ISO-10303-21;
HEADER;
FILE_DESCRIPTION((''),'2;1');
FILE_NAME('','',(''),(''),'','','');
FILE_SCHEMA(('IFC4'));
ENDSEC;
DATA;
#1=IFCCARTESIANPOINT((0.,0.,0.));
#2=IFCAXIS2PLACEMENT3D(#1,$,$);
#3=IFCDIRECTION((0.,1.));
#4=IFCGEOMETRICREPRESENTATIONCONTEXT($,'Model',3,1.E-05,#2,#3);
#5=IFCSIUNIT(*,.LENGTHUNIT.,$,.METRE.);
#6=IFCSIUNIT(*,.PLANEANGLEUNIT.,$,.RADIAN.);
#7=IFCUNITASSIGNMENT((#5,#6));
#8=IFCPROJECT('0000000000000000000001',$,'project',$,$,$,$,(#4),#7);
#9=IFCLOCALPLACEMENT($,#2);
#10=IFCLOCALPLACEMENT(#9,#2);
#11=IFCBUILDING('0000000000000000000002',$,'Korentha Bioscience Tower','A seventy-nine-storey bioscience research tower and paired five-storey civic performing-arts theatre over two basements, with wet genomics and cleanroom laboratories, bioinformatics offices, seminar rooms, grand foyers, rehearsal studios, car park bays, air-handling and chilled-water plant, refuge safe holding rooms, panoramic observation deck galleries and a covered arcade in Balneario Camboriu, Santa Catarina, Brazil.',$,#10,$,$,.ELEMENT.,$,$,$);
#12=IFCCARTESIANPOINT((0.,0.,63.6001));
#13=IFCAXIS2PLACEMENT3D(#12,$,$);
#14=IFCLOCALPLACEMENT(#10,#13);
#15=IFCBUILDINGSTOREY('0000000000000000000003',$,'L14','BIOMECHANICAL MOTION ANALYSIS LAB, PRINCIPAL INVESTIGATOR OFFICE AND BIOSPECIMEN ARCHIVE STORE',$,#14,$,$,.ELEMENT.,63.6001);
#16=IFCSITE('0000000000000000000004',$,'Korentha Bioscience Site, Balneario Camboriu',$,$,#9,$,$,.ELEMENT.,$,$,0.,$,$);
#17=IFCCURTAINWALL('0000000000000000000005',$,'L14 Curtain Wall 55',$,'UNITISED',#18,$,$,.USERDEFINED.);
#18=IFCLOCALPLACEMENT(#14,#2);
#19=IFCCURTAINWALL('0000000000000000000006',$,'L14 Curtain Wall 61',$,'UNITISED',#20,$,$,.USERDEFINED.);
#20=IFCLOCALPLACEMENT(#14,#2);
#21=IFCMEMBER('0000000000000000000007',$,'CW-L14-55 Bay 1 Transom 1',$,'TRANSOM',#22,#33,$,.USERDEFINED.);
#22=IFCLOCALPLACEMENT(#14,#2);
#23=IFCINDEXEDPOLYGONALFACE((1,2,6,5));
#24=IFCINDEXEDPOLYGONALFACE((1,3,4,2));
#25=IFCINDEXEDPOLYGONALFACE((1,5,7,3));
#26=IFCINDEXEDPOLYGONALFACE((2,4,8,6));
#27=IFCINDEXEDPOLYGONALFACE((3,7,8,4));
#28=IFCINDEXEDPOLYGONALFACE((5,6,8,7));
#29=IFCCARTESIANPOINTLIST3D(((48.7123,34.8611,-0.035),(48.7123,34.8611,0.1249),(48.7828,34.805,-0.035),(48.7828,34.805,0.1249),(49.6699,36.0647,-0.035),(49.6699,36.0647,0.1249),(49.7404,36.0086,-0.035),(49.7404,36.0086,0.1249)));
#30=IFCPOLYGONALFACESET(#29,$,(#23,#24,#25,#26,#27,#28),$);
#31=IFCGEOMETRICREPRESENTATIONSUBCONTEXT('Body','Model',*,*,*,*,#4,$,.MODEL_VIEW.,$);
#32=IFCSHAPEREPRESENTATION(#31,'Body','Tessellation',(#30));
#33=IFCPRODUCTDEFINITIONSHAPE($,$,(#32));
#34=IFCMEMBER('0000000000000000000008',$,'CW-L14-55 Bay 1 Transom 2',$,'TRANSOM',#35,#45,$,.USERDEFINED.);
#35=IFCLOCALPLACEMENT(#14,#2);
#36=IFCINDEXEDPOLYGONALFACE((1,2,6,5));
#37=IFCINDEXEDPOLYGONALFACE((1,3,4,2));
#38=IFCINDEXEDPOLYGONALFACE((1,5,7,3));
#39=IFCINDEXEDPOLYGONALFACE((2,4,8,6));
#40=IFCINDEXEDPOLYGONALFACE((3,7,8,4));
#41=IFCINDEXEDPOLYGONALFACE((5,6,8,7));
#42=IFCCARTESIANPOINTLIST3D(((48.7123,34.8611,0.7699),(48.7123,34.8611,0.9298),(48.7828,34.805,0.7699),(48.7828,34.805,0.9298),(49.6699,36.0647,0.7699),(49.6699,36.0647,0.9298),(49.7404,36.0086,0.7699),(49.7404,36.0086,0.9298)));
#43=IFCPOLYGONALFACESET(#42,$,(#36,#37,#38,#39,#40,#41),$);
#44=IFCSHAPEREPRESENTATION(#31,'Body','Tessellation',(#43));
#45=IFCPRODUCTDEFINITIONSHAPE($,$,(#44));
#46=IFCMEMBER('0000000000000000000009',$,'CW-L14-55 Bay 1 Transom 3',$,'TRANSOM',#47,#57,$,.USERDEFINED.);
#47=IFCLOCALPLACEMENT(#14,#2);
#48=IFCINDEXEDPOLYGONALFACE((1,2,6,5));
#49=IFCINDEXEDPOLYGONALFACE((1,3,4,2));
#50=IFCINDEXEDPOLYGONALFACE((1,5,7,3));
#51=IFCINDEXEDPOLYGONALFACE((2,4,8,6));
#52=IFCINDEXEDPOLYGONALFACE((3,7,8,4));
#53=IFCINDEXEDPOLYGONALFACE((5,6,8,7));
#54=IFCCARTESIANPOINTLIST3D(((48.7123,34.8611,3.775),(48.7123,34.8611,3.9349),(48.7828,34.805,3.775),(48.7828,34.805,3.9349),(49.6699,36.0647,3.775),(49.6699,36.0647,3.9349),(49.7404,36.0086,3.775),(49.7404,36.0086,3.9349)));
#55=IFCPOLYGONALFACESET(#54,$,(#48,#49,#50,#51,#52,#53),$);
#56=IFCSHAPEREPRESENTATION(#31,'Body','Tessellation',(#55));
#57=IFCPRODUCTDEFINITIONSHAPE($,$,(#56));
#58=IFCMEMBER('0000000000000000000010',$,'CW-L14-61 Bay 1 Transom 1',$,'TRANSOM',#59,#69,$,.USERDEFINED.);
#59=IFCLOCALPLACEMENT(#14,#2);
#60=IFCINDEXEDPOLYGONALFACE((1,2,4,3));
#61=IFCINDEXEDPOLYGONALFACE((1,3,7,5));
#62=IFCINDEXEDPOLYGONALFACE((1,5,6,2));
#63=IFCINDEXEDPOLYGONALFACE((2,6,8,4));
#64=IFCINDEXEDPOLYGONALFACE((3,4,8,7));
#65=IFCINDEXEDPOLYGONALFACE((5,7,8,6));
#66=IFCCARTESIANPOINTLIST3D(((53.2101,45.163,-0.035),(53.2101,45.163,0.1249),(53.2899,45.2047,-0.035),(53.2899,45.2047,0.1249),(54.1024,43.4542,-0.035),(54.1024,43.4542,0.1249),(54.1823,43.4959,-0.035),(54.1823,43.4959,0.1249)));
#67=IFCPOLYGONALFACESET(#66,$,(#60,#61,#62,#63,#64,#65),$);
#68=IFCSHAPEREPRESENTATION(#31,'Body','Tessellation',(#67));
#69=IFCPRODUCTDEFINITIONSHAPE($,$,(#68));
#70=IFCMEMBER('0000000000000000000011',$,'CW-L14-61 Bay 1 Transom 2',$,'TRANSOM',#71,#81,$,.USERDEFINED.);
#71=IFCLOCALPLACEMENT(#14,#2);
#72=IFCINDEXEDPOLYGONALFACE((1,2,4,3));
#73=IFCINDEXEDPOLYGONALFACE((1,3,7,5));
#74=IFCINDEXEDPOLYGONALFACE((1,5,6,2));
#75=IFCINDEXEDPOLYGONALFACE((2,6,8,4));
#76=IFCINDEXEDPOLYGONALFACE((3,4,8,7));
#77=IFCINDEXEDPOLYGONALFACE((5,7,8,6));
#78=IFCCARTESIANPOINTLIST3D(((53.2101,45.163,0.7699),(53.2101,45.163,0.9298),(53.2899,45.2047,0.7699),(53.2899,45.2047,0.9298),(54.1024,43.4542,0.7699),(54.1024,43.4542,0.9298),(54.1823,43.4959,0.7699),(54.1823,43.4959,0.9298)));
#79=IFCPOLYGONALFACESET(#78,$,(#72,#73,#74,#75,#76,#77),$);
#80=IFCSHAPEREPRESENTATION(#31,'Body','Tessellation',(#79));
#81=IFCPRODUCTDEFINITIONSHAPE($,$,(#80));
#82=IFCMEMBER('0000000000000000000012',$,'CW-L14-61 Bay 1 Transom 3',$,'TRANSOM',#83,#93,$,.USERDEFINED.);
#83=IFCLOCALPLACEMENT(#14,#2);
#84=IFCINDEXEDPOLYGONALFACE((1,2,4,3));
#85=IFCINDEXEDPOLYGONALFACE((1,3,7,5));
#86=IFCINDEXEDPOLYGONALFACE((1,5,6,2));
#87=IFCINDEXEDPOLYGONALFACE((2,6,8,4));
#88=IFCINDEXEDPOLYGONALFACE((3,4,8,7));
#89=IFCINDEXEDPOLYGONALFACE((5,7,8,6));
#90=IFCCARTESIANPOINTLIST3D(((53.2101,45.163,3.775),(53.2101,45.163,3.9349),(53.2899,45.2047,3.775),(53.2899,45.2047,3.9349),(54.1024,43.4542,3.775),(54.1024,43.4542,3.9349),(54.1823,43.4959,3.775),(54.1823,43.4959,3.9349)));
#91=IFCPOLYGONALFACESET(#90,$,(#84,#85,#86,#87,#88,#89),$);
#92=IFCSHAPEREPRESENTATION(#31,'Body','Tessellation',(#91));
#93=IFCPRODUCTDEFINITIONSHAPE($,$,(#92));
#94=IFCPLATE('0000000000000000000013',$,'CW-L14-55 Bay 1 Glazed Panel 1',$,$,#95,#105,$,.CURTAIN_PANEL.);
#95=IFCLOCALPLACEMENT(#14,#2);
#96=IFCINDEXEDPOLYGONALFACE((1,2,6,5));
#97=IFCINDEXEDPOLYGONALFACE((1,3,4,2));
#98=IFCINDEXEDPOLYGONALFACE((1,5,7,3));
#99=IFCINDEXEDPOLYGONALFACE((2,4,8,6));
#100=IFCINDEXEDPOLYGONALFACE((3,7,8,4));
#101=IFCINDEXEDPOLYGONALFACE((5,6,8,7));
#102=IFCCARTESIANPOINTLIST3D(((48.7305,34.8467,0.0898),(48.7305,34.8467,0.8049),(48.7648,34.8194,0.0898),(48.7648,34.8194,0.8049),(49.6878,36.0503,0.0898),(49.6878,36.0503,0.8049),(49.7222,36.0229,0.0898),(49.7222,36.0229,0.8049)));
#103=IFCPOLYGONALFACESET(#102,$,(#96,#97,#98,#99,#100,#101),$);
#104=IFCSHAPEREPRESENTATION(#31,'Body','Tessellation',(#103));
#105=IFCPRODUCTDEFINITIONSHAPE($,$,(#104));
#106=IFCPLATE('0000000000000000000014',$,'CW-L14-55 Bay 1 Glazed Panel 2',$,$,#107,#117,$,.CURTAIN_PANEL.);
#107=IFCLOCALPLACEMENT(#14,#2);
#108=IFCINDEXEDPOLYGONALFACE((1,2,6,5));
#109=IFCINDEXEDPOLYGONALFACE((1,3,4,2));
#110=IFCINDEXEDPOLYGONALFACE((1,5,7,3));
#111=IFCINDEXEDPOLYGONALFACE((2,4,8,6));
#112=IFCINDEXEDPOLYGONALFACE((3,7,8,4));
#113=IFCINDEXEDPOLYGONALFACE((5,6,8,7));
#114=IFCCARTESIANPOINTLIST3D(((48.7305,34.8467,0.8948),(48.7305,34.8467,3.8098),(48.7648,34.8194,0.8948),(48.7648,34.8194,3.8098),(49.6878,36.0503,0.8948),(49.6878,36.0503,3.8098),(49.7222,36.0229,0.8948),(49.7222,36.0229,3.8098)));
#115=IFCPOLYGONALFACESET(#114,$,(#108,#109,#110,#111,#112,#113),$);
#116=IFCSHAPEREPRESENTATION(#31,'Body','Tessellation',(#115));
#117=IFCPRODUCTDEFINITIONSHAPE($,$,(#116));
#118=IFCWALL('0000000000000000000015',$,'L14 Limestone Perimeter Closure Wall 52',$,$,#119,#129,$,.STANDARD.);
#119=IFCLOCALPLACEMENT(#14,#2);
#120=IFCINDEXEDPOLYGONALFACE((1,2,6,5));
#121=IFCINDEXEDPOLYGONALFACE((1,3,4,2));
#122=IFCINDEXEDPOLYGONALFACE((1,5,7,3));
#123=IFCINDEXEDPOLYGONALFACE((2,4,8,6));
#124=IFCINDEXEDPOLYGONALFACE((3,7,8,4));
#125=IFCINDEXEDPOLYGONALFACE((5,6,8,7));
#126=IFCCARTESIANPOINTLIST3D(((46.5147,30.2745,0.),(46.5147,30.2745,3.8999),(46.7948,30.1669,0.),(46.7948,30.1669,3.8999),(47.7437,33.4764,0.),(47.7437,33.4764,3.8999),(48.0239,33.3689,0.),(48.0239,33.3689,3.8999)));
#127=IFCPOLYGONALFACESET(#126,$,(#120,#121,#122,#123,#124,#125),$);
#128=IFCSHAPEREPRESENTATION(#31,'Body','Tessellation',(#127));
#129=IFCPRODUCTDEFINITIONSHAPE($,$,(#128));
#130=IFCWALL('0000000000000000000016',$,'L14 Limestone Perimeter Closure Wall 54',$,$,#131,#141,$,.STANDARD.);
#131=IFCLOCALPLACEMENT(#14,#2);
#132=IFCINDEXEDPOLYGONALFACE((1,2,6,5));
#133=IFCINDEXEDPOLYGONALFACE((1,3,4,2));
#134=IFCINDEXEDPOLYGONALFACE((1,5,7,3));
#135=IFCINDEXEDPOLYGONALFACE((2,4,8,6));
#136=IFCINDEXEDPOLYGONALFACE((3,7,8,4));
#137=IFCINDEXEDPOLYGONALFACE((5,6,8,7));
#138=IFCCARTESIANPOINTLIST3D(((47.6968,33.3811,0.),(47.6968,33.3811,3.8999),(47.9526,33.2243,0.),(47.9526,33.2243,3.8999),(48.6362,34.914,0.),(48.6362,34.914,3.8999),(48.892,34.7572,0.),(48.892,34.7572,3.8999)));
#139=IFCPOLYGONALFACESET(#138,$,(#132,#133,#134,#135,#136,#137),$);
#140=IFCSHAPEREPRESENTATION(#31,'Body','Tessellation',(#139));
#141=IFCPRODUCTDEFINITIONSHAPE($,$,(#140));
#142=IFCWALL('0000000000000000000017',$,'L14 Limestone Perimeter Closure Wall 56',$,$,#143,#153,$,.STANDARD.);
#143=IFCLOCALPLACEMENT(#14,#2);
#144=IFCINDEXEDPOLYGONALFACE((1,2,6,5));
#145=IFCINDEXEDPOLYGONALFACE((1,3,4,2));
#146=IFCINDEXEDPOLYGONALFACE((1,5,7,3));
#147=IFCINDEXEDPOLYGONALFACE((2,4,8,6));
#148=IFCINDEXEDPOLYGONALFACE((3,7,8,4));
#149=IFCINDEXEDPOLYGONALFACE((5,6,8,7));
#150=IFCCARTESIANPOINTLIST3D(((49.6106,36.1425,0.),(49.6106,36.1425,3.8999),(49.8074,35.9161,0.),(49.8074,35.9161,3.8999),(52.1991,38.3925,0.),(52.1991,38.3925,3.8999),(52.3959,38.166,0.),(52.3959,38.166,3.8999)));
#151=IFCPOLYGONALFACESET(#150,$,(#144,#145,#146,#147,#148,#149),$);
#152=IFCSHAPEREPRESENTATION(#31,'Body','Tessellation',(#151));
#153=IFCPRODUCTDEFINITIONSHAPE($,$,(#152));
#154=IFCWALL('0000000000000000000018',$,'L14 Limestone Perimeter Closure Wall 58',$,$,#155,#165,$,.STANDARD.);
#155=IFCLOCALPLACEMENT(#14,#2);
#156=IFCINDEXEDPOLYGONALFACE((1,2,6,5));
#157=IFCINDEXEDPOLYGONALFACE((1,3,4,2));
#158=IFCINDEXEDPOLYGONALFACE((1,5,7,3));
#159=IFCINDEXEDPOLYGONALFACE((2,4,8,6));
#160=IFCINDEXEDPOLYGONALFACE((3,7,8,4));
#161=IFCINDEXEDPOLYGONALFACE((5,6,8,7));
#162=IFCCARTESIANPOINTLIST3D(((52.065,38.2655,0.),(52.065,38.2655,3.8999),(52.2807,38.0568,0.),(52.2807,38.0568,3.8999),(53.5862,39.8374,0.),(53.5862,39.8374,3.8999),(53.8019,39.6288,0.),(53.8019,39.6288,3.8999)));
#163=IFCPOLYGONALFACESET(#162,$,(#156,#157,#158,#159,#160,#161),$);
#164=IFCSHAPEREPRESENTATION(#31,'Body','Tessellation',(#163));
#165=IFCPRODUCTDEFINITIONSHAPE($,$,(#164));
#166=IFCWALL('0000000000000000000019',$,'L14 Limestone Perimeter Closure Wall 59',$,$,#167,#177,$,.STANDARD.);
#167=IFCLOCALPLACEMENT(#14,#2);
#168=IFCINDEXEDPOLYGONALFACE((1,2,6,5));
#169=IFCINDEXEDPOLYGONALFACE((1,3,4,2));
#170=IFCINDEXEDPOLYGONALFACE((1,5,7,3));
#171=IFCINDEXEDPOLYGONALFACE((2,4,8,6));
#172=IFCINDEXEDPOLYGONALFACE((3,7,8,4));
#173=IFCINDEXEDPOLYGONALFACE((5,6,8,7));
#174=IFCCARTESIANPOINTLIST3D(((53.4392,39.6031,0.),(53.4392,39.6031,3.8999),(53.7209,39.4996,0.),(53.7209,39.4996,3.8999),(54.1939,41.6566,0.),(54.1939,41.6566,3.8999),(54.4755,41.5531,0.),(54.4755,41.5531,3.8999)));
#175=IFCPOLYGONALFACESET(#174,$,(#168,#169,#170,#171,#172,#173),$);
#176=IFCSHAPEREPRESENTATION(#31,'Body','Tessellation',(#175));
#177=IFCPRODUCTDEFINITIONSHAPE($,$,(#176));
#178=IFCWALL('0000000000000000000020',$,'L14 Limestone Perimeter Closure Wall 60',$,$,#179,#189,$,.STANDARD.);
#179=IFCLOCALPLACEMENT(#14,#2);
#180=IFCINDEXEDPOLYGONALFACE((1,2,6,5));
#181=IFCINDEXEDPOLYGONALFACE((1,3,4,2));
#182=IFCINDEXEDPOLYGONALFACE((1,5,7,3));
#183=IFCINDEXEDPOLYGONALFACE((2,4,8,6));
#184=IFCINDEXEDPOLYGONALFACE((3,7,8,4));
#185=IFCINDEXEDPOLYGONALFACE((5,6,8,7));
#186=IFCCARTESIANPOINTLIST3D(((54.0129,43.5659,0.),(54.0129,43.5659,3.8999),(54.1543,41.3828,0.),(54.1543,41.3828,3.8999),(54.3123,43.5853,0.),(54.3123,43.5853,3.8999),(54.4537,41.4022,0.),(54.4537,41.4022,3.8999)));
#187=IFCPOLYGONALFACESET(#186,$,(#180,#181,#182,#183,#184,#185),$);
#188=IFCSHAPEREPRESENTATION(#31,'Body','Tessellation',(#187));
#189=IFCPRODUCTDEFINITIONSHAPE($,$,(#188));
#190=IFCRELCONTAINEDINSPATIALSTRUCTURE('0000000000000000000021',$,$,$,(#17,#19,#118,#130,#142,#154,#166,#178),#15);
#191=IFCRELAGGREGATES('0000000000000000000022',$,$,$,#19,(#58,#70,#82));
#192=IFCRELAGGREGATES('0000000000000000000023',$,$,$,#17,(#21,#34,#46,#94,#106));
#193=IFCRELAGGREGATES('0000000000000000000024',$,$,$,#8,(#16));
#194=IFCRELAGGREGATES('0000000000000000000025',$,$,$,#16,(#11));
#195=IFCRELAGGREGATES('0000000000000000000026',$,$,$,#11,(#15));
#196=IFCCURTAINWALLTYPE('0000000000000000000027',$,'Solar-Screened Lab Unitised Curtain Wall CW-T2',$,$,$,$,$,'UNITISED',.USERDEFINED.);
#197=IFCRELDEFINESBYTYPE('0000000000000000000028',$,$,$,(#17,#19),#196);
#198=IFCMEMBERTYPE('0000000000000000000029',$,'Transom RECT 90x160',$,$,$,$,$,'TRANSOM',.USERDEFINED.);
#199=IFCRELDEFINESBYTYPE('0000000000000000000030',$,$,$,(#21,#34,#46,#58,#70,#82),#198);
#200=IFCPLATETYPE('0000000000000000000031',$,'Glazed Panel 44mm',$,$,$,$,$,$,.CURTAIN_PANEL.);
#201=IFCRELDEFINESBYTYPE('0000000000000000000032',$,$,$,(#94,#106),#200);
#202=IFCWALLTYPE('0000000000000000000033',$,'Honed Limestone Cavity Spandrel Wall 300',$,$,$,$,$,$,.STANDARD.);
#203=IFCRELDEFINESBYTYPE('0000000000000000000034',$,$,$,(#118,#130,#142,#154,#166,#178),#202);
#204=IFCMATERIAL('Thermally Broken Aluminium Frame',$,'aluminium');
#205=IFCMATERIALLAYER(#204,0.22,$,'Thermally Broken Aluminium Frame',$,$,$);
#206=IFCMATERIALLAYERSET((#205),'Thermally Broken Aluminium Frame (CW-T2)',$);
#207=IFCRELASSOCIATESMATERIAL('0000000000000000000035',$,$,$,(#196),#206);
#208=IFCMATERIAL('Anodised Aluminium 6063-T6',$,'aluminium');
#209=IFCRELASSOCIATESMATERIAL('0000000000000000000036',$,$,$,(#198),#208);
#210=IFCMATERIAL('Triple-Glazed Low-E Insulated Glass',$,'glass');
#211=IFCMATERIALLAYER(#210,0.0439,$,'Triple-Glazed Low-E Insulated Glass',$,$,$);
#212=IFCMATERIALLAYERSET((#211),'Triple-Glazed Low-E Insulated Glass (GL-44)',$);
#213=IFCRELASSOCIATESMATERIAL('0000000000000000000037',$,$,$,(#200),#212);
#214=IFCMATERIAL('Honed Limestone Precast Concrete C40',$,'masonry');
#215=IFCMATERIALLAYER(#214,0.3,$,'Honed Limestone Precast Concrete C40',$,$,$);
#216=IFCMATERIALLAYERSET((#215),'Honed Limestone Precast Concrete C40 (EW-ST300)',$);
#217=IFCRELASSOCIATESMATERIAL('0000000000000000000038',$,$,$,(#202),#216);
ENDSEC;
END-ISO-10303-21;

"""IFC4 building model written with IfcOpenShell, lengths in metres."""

from ifc_helpers import new_model, si_unit, direction, frame, frame_2d, origin, origin_2d, place, context, subcontext, project, spatial, rectangle, extrude, material, layer, layer_set, material_profile, profile_set, type_object, element, aggregate, save


model = new_model("IFC4")

# Units and contexts
model_context = context("Model", 3, precision=1e-05, world=origin(), true_north=direction((0.0, 1.0)))
body_context = subcontext(model_context, "Body", "Model", "MODEL_VIEW")
ifc_project = project(units=[si_unit("LENGTHUNIT", "METRE"), si_unit("PLANEANGLEUNIT", "RADIAN")], contexts=[model_context])

# Site, building, storey
site_placement = place(None, origin())
site = spatial("IfcSite", under=ifc_project, at=site_placement, Name="Korentha Bioscience Site, Balneario Camboriu", CompositionType="ELEMENT", RefElevation=0.0)
building_placement = place(site_placement, origin())
building = spatial("IfcBuilding", under=site, at=building_placement, Name="Korentha Bioscience Tower", Description="A seventy-nine-storey bioscience research tower and paired five-storey civic performing-arts theatre over two basements, with wet genomics and cleanroom laboratories, bioinformatics offices, seminar rooms, grand foyers, rehearsal studios, car park bays, air-handling and chilled-water plant, refuge safe holding rooms, panoramic observation deck galleries and a covered arcade in Balneario Camboriu, Santa Catarina, Brazil.", CompositionType="ELEMENT")
storey_placement = place(building_placement, frame((0.0, 0.0, 63.6001)))
storey = spatial("IfcBuildingStorey", under=building, at=storey_placement, Name="L14", Description="BIOMECHANICAL MOTION ANALYSIS LAB, PRINCIPAL INVESTIGATOR OFFICE AND BIOSPECIMEN ARCHIVE STORE", CompositionType="ELEMENT", Elevation=63.6001)

# Shared definitions
ifc_material_1 = material(Name="Thermally Broken Aluminium Frame", Category="aluminium")
ifc_material_2 = material(Name="Anodised Aluminium 6063-T6", Category="aluminium")

# Curtain wall
ifc_layer_1 = layer(ifc_material_1, 0.22, Name="Thermally Broken Aluminium Frame")
ifc_layer_set_1 = layer_set([ifc_layer_1], Name="Thermally Broken Aluminium Frame (CW-T2)")
curtain_wall_type_1 = type_object("IfcCurtainWallType", Name="Solar-Screened Lab Unitised Curtain Wall CW-T2", ElementType="UNITISED", PredefinedType="USERDEFINED", material=ifc_layer_set_1)
curtain_wall_1_placement = place(storey_placement, origin())
curtain_wall_1 = element("IfcCurtainWall", 1, at=curtain_wall_1_placement, inside=storey, type_object=curtain_wall_type_1, Name="L14 Curtain Wall 55", ObjectType="UNITISED", PredefinedType="USERDEFINED")

# Curtain wall
curtain_wall_2_placement = place(storey_placement, origin())
curtain_wall_2 = element("IfcCurtainWall", 2, at=curtain_wall_2_placement, inside=storey, type_object=curtain_wall_type_1, Name="L14 Curtain Wall 61", ObjectType="UNITISED", PredefinedType="USERDEFINED")

# Members
ifc_material_profile_1 = material_profile(ifc_material_2, rectangle(XDim=0.0901, YDim=0.1599, at=origin_2d()), Name="Anodised Aluminium 6063-T6")
ifc_profile_set_1 = profile_set([ifc_material_profile_1], Name="Anodised Aluminium 6063-T6 (CW-TRN)")
member_type_1 = type_object("IfcMemberType", Name="Transom RECT 90x160", ElementType="TRANSOM", PredefinedType="USERDEFINED", material=ifc_profile_set_1)
member_1_placement = place(storey_placement, frame((48.7476, 34.833, 0.0449), z_axis=(0.622563, 0.782569, 0.0), x_axis=(-0.782569, 0.622563, 0.0)))
member_1 = element("IfcMember", 3, at=member_1_placement, type_object=member_type_1, Name="CW-L14-55 Bay 1 Transom 1", ObjectType="TRANSOM", PredefinedType="USERDEFINED", context=body_context, shape_type="SweptSolid", body=[
    extrude(rectangle(XDim=0.0901, YDim=0.1599, at=origin_2d()), origin(), (0.0, 0.0, 1.0), 1.5381),
])
member_2_placement = place(storey_placement, frame((48.7476, 34.833, 0.8499), z_axis=(0.622563, 0.782569, 0.0), x_axis=(-0.782569, 0.622563, 0.0)))
member_2 = element("IfcMember", 4, at=member_2_placement, type_object=member_type_1, Name="CW-L14-55 Bay 1 Transom 2", ObjectType="TRANSOM", PredefinedType="USERDEFINED", context=body_context, shape_type="SweptSolid", body=[
    extrude(rectangle(XDim=0.0901, YDim=0.1599, at=origin_2d()), origin(), (0.0, 0.0, 1.0), 1.5381),
])
member_3_placement = place(storey_placement, frame((48.7476, 34.833, 3.855), z_axis=(0.622563, 0.782569, 0.0), x_axis=(-0.782569, 0.622563, 0.0)))
member_3 = element("IfcMember", 5, at=member_3_placement, type_object=member_type_1, Name="CW-L14-55 Bay 1 Transom 3", ObjectType="TRANSOM", PredefinedType="USERDEFINED", context=body_context, shape_type="SweptSolid", body=[
    extrude(rectangle(XDim=0.0901, YDim=0.1599, at=origin_2d()), origin(), (0.0, 0.0, 1.0), 1.5381),
])
member_4_placement = place(storey_placement, frame((54.1423, 43.4751, 0.0449), z_axis=(-0.462899, 0.886411, 0.0), x_axis=(-0.886411, -0.462899, 0.0)))
member_4 = element("IfcMember", 6, at=member_4_placement, type_object=member_type_1, Name="CW-L14-61 Bay 1 Transom 1", ObjectType="TRANSOM", PredefinedType="USERDEFINED", context=body_context, shape_type="SweptSolid", body=[
    extrude(rectangle(XDim=0.0901, YDim=0.1599, at=origin_2d()), origin(), (0.0, 0.0, 1.0), 1.9277),
])
member_5_placement = place(storey_placement, frame((54.1423, 43.4751, 0.8499), z_axis=(-0.462899, 0.886411, 0.0), x_axis=(-0.886411, -0.462899, 0.0)))
member_5 = element("IfcMember", 7, at=member_5_placement, type_object=member_type_1, Name="CW-L14-61 Bay 1 Transom 2", ObjectType="TRANSOM", PredefinedType="USERDEFINED", context=body_context, shape_type="SweptSolid", body=[
    extrude(rectangle(XDim=0.0901, YDim=0.1599, at=origin_2d()), origin(), (0.0, 0.0, 1.0), 1.9277),
])
member_6_placement = place(storey_placement, frame((54.1423, 43.4751, 3.855), z_axis=(-0.462899, 0.886411, 0.0), x_axis=(-0.886411, -0.462899, 0.0)))
member_6 = element("IfcMember", 8, at=member_6_placement, type_object=member_type_1, Name="CW-L14-61 Bay 1 Transom 3", ObjectType="TRANSOM", PredefinedType="USERDEFINED", context=body_context, shape_type="SweptSolid", body=[
    extrude(rectangle(XDim=0.0901, YDim=0.1599, at=origin_2d()), origin(), (0.0, 0.0, 1.0), 1.9277),
])
aggregate(curtain_wall_2, [member_4, member_5, member_6])

# Plates
ifc_material_3 = material(Name="Triple-Glazed Low-E Insulated Glass", Category="glass")
ifc_layer_2 = layer(ifc_material_3, 0.0439, Name="Triple-Glazed Low-E Insulated Glass")
ifc_layer_set_2 = layer_set([ifc_layer_2], Name="Triple-Glazed Low-E Insulated Glass (GL-44)")
plate_type = type_object("IfcPlateType", Name="Glazed Panel 44mm", PredefinedType="CURTAIN_PANEL", material=ifc_layer_set_2)
plate_1_placement = place(storey_placement, frame((49.2263, 35.4348, 0.0898), z_axis=(0.0, 0.0, 1.0), x_axis=(0.62252, 0.782604, 0.0)))
plate_1 = element("IfcPlate", 9, at=plate_1_placement, type_object=plate_type, Name="CW-L14-55 Bay 1 Glazed Panel 1", PredefinedType="CURTAIN_PANEL", context=body_context, shape_type="SweptSolid", body=[
    extrude(rectangle(XDim=1.5378, YDim=0.0439, at=origin_2d()), origin(), (0.0, 0.0, 1.0), 0.7151),
])
plate_2_placement = place(storey_placement, frame((49.2263, 35.4348, 0.8948), z_axis=(0.0, 0.0, 1.0), x_axis=(0.62252, 0.782604, 0.0)))
plate_2 = element("IfcPlate", 10, at=plate_2_placement, type_object=plate_type, Name="CW-L14-55 Bay 1 Glazed Panel 2", PredefinedType="CURTAIN_PANEL", context=body_context, shape_type="SweptSolid", body=[
    extrude(rectangle(XDim=1.5378, YDim=0.0439, at=origin_2d()), origin(), (0.0, 0.0, 1.0), 2.915),
])
aggregate(curtain_wall_1, [member_1, member_2, member_3, plate_1, plate_2])

# Walls
ifc_material_4 = material(Name="Honed Limestone Precast Concrete C40", Category="masonry")
ifc_layer_3 = layer(ifc_material_4, 0.3, Name="Honed Limestone Precast Concrete C40")
ifc_layer_set_3 = layer_set([ifc_layer_3], Name="Honed Limestone Precast Concrete C40 (EW-ST300)")
wall_type = type_object("IfcWallType", Name="Honed Limestone Cavity Spandrel Wall 300", PredefinedType="STANDARD", material=ifc_layer_set_3)
wall_1_placement = place(storey_placement, frame((46.6548, 30.2207, 0.0), z_axis=(0.0, 0.0, 1.0), x_axis=(0.358345, 0.933589, 0.0)))
element("IfcWall", 11, at=wall_1_placement, inside=storey, type_object=wall_type, Name="L14 Limestone Perimeter Closure Wall 52", PredefinedType="STANDARD", context=body_context, shape_type="SweptSolid", body=[
    extrude(rectangle(XDim=3.4297, YDim=0.3, at=frame_2d((1.7148, 0.0))), origin(), (0.0, 0.0, 1.0), 3.8999),
])
wall_2_placement = place(storey_placement, frame((47.8247, 33.3027, 0.0), z_axis=(0.0, 0.0, 1.0), x_axis=(0.522521, 0.852627, 0.0)))
element("IfcWall", 12, at=wall_2_placement, inside=storey, type_object=wall_type, Name="L14 Limestone Perimeter Closure Wall 54", PredefinedType="STANDARD", context=body_context, shape_type="SweptSolid", body=[
    extrude(rectangle(XDim=1.7979, YDim=0.3, at=frame_2d((0.8989, 0.0))), origin(), (0.0, 0.0, 1.0), 3.8999),
])
wall_3_placement = place(storey_placement, frame((49.709, 36.0293, 0.0), z_axis=(0.0, 0.0, 1.0), x_axis=(0.754746, 0.656017, 0.0)))
element("IfcWall", 13, at=wall_3_placement, inside=storey, type_object=wall_type, Name="L14 Limestone Perimeter Closure Wall 56", PredefinedType="STANDARD", context=body_context, shape_type="SweptSolid", body=[
    extrude(rectangle(XDim=3.4297, YDim=0.3, at=frame_2d((1.7148, 0.0))), origin(), (0.0, 0.0, 1.0), 3.8999),
])
wall_4_placement = place(storey_placement, frame((52.1729, 38.1611, 0.0), z_axis=(0.0, 0.0, 1.0), x_axis=(0.695405, 0.718618, 0.0)))
element("IfcWall", 14, at=wall_4_placement, inside=storey, type_object=wall_type, Name="L14 Limestone Perimeter Closure Wall 58", PredefinedType="STANDARD", context=body_context, shape_type="SweptSolid", body=[
    extrude(rectangle(XDim=2.1875, YDim=0.3, at=frame_2d((1.0938, 0.0))), origin(), (0.0, 0.0, 1.0), 3.8999),
])
for number, where, z_axis, x_axis, name in (
    (15, (53.5801, 39.5515, 0.0), (0.0, 0.0, 1.0), (0.34494, 0.938625, 0.0), "L14 Limestone Perimeter Closure Wall 59"),
    (16, (54.304, 41.3926, 0.0), (0.0, 0.0, 1.0), (-0.064615, 0.99791, 0.0), "L14 Limestone Perimeter Closure Wall 60"),
):
    element("IfcWall", number, at=place(storey_placement, frame(where, z_axis=z_axis, x_axis=x_axis)), inside=storey, type_object=wall_type, Name=name, PredefinedType="STANDARD", context=body_context, shape_type="SweptSolid", body=[
        extrude(rectangle(XDim=2.1877, YDim=0.3, at=frame_2d((1.0938, 0.0))), origin(), (0.0, 0.0, 1.0), 3.8999),
    ])

save(model, "model.ifc")
